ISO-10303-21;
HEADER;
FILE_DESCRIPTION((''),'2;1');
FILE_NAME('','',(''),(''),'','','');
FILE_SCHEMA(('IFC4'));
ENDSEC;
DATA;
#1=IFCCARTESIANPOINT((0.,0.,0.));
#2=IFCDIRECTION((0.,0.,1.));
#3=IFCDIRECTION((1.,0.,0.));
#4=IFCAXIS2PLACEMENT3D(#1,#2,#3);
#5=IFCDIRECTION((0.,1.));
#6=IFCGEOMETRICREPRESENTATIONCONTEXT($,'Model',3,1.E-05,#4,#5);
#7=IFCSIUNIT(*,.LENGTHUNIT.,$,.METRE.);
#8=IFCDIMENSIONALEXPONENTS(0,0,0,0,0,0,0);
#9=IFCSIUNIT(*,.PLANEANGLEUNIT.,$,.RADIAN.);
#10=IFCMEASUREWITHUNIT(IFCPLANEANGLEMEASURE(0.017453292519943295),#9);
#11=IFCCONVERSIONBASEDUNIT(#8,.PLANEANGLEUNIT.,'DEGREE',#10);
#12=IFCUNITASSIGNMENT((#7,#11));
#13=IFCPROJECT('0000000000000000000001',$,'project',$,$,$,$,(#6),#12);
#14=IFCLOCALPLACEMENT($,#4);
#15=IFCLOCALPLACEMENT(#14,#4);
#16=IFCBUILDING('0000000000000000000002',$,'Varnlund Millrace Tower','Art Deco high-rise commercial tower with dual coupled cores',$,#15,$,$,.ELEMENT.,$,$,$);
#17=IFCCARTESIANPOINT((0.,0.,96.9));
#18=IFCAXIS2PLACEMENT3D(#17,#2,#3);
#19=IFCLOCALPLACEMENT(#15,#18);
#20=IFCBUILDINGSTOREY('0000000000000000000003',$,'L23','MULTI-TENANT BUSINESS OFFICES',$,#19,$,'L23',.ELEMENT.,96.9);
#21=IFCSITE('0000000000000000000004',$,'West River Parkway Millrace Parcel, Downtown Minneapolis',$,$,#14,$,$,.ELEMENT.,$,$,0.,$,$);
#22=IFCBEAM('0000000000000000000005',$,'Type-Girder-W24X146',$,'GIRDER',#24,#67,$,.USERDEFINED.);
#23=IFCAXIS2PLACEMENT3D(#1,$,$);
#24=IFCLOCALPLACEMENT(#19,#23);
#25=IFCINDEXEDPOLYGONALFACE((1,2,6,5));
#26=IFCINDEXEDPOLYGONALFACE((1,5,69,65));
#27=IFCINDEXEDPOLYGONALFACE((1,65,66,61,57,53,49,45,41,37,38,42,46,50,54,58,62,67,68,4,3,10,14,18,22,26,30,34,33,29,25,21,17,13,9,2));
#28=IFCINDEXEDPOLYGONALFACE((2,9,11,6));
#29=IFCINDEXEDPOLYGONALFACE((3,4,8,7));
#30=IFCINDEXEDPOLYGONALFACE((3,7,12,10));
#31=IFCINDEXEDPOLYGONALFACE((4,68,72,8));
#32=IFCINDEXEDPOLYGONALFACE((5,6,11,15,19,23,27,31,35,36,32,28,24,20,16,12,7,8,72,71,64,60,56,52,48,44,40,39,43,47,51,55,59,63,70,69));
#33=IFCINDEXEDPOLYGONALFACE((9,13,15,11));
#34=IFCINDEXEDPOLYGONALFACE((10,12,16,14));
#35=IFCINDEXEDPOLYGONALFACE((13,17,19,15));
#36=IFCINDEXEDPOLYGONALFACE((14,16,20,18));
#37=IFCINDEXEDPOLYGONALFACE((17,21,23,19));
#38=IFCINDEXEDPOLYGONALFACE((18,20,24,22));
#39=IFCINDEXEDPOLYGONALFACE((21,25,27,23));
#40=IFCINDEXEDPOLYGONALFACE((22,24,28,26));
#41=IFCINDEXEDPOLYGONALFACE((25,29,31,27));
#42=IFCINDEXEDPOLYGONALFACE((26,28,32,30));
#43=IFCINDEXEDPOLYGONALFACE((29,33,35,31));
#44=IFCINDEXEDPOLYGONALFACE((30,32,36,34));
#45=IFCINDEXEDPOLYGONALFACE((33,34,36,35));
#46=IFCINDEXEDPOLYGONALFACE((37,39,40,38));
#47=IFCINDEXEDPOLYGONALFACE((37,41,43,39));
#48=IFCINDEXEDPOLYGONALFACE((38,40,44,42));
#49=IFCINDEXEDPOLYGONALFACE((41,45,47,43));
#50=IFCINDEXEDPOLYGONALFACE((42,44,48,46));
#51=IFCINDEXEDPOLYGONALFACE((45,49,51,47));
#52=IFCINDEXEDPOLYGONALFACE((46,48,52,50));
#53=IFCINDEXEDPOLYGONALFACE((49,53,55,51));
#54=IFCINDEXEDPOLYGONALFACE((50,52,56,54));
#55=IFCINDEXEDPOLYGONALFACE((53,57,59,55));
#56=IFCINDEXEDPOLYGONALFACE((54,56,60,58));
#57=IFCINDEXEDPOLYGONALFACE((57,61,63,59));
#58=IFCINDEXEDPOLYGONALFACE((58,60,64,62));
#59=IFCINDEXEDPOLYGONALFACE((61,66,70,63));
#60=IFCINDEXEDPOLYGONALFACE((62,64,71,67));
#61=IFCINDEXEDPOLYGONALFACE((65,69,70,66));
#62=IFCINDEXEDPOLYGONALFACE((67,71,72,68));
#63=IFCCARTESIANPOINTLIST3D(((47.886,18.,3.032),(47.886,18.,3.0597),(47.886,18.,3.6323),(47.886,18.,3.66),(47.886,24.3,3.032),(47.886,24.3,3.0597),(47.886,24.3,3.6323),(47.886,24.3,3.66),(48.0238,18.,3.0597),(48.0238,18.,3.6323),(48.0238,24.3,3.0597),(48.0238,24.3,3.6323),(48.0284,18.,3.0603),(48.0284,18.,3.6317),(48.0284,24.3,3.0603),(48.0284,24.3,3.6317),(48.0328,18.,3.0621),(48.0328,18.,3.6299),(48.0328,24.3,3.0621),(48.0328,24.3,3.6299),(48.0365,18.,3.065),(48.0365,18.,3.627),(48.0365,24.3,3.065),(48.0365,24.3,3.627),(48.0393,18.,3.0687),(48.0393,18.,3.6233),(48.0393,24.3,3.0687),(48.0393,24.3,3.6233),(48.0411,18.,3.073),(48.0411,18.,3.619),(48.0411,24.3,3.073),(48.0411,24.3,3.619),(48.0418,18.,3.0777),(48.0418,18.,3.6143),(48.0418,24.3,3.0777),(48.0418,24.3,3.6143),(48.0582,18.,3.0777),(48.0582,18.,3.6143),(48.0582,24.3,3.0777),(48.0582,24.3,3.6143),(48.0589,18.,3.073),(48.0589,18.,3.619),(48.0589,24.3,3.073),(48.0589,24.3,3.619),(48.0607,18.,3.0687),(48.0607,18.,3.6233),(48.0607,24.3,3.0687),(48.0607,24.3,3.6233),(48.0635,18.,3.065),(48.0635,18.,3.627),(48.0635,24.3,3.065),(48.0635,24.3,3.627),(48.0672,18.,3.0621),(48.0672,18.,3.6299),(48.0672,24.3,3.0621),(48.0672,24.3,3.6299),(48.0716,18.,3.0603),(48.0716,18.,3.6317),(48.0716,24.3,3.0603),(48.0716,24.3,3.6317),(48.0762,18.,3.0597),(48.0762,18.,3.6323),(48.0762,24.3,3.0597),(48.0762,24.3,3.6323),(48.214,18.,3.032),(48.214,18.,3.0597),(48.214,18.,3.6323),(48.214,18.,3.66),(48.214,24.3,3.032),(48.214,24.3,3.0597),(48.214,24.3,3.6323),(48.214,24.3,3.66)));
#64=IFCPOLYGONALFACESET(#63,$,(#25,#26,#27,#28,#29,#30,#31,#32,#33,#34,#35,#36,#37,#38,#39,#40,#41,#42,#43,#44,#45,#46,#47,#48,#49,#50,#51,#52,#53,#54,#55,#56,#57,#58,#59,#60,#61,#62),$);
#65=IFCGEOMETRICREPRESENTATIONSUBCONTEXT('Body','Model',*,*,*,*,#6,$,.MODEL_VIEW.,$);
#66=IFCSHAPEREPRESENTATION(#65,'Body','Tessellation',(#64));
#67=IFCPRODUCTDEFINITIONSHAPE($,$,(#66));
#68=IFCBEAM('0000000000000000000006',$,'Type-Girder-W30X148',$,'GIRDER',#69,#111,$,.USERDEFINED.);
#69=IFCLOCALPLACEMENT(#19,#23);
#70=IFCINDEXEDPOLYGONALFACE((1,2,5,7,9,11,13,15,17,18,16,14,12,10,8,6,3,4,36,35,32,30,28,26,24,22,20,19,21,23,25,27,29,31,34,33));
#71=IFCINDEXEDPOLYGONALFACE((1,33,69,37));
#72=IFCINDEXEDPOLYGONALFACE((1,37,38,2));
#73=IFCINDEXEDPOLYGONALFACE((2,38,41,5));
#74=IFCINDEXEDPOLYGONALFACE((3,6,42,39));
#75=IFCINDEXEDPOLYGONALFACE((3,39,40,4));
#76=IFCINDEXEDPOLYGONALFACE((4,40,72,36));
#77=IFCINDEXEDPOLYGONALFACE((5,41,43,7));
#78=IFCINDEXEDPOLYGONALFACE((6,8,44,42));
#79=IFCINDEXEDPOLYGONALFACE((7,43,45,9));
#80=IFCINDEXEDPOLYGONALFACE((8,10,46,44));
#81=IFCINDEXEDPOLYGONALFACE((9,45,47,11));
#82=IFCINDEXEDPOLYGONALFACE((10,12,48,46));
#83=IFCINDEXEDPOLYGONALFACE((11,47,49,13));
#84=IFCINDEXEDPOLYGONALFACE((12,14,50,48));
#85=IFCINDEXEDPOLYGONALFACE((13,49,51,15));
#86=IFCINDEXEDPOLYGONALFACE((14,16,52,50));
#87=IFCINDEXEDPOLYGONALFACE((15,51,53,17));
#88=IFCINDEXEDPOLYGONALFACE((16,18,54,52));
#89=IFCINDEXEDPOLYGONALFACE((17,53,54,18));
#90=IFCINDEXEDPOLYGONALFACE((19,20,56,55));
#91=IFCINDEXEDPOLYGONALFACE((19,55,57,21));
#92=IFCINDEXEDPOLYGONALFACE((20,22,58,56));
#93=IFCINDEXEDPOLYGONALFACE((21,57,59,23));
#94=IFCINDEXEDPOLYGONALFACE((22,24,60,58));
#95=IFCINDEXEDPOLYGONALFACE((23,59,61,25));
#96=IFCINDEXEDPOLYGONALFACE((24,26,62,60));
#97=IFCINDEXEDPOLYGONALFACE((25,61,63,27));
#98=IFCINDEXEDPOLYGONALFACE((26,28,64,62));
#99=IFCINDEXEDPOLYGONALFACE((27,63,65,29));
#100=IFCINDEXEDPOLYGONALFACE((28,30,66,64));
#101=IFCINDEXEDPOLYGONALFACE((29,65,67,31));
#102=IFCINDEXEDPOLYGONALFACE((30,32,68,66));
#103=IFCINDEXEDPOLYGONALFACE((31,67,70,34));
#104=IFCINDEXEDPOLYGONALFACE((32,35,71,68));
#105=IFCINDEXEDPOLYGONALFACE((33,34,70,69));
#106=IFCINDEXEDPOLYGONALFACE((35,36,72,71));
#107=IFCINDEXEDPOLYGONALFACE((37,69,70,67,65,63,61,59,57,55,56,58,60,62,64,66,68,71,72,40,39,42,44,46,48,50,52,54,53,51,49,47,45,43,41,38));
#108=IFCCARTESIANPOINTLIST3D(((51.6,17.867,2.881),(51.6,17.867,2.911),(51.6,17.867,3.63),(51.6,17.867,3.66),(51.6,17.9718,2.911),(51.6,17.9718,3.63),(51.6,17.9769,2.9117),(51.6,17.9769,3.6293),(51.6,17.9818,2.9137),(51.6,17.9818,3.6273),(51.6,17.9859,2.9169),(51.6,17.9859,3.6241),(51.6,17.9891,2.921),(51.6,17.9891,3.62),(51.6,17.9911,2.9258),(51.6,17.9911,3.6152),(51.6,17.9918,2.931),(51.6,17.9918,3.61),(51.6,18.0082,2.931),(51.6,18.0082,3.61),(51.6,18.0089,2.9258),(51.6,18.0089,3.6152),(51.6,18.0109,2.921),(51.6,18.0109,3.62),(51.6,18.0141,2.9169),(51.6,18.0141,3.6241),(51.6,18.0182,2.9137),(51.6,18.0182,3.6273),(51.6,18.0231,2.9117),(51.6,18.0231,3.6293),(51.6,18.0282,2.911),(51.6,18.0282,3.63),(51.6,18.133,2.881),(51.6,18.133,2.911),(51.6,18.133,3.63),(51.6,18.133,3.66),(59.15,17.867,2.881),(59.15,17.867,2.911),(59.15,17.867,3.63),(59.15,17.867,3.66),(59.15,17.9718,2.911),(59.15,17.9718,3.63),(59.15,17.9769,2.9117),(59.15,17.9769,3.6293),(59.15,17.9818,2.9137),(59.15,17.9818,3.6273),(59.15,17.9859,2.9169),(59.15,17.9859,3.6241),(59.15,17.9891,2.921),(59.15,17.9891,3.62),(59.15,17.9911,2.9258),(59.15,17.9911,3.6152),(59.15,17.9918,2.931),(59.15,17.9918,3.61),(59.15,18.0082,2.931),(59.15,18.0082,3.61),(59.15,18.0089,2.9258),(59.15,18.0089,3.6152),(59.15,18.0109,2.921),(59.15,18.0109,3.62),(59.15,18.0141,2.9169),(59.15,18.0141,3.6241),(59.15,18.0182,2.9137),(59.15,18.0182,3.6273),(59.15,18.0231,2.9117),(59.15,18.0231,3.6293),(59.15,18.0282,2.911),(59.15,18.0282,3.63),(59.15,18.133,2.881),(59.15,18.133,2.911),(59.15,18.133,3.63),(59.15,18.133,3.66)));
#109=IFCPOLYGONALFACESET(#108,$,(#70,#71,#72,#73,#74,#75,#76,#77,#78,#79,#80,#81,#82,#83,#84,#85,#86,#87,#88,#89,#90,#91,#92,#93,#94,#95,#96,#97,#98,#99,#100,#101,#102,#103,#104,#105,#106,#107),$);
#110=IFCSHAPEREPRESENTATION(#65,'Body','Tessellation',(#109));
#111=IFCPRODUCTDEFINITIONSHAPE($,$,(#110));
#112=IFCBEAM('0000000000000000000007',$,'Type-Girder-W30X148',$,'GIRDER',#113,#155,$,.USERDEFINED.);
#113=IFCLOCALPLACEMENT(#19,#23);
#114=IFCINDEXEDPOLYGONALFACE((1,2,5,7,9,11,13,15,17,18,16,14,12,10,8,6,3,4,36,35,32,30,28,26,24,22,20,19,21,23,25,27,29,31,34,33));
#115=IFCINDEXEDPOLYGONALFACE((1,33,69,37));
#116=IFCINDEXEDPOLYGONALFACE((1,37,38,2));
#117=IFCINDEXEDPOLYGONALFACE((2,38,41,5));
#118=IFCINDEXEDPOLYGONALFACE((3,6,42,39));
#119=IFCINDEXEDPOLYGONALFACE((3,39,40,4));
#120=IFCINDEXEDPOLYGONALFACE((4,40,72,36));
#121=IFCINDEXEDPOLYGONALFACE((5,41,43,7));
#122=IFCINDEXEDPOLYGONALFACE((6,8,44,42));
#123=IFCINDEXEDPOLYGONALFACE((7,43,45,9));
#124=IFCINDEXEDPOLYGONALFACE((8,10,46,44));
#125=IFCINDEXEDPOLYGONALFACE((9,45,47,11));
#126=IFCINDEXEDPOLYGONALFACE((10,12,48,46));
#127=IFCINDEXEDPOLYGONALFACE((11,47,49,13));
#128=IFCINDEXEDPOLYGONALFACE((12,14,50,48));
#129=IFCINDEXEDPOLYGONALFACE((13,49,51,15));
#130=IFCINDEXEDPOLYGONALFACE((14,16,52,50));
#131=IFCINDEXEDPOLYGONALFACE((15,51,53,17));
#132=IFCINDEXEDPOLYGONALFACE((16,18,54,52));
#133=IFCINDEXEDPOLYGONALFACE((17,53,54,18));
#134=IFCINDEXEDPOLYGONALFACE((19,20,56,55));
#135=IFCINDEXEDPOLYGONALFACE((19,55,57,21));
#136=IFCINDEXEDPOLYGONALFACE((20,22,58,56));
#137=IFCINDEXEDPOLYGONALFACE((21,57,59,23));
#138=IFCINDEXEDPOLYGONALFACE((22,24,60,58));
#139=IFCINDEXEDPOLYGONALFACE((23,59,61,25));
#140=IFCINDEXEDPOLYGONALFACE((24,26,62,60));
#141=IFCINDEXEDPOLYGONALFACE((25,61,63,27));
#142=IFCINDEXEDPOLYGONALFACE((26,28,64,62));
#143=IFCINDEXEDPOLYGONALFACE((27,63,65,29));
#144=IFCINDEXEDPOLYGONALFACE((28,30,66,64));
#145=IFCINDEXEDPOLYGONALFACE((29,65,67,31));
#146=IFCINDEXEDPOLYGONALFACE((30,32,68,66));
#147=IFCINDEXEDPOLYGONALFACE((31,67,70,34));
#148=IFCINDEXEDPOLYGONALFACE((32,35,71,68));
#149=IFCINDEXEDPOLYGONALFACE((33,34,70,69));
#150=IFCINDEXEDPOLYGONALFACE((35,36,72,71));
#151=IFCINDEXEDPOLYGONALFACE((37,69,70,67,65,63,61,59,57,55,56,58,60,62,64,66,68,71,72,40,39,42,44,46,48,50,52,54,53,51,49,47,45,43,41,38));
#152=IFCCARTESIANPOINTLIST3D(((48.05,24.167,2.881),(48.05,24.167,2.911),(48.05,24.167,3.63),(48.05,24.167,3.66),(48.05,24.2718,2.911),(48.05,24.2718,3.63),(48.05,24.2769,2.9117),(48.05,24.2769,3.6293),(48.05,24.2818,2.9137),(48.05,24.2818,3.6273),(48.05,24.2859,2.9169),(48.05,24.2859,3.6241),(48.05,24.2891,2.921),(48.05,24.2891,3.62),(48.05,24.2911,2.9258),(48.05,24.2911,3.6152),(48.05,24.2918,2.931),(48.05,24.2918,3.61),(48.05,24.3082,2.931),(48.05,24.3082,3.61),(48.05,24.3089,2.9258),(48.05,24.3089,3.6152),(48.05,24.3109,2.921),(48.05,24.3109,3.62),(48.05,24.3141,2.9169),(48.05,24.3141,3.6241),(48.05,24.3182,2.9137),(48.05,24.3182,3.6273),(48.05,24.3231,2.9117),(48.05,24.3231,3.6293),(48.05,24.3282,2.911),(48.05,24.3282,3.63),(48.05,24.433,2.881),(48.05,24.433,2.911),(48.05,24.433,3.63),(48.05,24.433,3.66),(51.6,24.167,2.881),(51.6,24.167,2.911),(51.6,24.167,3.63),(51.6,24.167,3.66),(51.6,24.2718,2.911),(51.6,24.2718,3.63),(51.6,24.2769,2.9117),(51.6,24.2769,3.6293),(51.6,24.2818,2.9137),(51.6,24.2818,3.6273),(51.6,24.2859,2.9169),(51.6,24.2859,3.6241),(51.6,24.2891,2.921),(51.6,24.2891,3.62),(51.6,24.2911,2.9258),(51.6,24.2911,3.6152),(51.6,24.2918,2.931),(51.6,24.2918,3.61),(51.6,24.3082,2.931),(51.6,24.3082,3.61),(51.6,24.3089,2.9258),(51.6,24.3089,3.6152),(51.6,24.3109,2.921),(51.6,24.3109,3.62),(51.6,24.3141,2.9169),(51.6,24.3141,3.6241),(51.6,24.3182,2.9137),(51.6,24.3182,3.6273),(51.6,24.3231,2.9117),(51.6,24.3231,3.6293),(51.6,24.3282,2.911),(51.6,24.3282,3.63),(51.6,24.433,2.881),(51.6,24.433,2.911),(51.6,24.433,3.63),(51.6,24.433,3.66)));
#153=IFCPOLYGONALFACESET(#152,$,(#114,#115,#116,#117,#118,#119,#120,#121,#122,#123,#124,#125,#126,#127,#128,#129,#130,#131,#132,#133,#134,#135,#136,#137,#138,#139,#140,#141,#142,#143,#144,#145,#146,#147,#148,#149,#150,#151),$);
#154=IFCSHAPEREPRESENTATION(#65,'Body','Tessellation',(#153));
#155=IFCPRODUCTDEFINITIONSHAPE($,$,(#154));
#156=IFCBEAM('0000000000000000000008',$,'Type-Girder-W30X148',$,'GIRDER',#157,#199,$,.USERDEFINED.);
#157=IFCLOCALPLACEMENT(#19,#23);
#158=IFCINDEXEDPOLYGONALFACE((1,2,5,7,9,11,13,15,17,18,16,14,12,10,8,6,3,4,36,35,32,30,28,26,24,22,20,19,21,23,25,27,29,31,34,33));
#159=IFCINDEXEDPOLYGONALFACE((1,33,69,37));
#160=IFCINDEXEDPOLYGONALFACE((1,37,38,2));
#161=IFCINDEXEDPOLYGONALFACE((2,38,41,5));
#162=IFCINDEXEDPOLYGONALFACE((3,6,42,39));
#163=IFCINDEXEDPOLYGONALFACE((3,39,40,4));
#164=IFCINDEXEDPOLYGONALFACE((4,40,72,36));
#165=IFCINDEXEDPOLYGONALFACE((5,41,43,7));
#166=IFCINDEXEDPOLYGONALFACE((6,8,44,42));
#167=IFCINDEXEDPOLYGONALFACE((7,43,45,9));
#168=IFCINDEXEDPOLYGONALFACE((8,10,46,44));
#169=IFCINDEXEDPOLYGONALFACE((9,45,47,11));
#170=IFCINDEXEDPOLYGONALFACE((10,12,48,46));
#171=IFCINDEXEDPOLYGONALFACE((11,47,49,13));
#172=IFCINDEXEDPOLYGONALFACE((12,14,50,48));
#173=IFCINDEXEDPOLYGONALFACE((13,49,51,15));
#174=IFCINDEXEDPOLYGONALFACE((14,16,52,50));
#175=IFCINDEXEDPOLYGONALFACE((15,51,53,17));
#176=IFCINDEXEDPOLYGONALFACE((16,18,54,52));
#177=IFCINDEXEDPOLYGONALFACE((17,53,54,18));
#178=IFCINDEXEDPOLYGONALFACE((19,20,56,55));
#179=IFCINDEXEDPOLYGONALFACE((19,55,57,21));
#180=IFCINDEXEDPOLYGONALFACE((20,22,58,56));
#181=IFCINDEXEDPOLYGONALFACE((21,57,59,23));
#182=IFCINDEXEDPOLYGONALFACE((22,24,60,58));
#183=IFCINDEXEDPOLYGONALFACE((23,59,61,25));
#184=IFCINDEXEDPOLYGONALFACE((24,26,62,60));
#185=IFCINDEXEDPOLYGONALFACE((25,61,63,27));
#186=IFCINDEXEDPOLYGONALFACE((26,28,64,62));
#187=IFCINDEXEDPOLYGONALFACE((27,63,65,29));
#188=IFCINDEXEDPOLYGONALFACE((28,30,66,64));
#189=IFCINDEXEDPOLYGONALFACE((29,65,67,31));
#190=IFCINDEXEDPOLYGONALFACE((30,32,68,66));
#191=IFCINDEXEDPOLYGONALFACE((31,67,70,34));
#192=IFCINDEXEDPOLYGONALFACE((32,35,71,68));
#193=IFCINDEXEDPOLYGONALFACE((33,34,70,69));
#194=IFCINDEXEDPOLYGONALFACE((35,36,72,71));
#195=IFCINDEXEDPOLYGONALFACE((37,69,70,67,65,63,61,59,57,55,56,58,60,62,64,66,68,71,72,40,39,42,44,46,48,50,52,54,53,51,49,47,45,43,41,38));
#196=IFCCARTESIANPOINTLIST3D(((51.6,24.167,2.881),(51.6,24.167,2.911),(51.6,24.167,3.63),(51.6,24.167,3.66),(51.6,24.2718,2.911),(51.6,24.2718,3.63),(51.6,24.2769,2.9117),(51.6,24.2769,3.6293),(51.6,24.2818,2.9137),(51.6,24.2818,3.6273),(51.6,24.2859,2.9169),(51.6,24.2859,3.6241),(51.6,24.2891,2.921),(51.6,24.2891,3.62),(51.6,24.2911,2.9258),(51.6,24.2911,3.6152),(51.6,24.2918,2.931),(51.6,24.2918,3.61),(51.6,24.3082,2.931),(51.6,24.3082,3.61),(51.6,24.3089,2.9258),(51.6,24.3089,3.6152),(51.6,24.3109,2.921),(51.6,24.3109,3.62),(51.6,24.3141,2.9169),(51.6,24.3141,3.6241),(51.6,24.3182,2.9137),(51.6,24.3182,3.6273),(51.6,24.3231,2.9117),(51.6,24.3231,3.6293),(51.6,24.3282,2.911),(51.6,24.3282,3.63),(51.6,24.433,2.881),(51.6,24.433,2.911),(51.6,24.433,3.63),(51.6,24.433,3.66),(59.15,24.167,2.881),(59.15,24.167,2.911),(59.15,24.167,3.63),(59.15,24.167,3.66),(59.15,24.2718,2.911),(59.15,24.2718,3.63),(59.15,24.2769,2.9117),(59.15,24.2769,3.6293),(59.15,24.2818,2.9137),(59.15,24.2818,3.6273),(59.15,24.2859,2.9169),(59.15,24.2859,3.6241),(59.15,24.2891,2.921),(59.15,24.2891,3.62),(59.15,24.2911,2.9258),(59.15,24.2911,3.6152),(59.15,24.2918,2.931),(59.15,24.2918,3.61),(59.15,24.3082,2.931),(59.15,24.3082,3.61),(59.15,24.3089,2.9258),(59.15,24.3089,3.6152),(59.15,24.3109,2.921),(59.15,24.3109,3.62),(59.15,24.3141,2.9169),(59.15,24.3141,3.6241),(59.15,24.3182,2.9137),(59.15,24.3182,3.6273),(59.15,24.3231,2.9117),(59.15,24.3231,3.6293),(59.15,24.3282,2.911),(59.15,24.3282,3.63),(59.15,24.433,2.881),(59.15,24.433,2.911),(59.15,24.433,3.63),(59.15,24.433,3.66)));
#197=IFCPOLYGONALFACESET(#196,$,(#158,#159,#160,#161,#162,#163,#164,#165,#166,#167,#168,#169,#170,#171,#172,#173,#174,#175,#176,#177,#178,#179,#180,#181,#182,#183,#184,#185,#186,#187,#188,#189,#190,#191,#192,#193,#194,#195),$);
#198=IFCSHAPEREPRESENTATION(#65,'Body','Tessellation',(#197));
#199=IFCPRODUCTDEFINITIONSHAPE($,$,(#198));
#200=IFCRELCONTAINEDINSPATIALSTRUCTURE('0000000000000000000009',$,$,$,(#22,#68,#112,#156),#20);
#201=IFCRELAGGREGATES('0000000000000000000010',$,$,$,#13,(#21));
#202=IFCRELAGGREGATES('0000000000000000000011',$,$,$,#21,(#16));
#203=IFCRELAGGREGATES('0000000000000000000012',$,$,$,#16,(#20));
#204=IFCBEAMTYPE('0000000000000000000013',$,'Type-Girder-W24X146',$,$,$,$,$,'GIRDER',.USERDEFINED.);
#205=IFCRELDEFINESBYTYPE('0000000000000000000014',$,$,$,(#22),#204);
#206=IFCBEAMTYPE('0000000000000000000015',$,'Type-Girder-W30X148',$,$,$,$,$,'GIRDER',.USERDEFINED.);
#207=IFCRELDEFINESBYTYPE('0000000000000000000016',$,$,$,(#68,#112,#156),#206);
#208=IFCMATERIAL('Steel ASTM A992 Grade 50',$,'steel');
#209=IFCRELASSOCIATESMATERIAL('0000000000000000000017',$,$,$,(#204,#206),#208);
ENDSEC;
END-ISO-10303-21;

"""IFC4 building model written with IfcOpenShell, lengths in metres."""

from ifc_helpers import new_model, entity, si_unit, converted_unit, direction, frame, origin_with_axes, origin_2d_with_axis, place, context, subcontext, project, spatial, i_section, extrude, material, material_profile, profile_set, type_object, element, save


model = new_model("IFC4")

# Units and contexts
model_context = context("Model", 3, precision=1e-05, world=origin_with_axes(), true_north=direction((0.0, 1.0)))
body_context = subcontext(model_context, "Body", "Model", "MODEL_VIEW")
ifc_project = project(units=[si_unit("LENGTHUNIT", "METRE"), converted_unit("PLANEANGLEUNIT", "DEGREE", entity("IfcPlaneAngleMeasure", 0.017453292519943295), si_unit("PLANEANGLEUNIT", "RADIAN"), dimensions=[0, 0, 0, 0, 0, 0, 0])], contexts=[model_context])

# Site, building, storey
site_placement = place(None, origin_with_axes())
site = spatial("IfcSite", under=ifc_project, at=site_placement, Name="West River Parkway Millrace Parcel, Downtown Minneapolis", CompositionType="ELEMENT", RefElevation=0.0)
building_placement = place(site_placement, origin_with_axes())
building = spatial("IfcBuilding", under=site, at=building_placement, Name="Varnlund Millrace Tower", Description="Art Deco high-rise commercial tower with dual coupled cores", CompositionType="ELEMENT")
storey_placement = place(building_placement, frame((0.0, 0.0, 96.9), z_axis=(0.0, 0.0, 1.0), x_axis=(1.0, 0.0, 0.0)))
storey = spatial("IfcBuildingStorey", under=building, at=storey_placement, Name="L23", Description="MULTI-TENANT BUSINESS OFFICES", LongName="L23", CompositionType="ELEMENT", Elevation=96.9)

# Beams
ifc_material_1 = material(Name="Steel ASTM A992 Grade 50", Category="steel")
ifc_material_profile_1 = material_profile(ifc_material_1, i_section(OverallWidth=0.328, OverallDepth=0.628, WebThickness=0.0165, FlangeThickness=0.0277, FilletRadius=0.018, at=origin_2d_with_axis()), Name="Steel ASTM A992 Grade 50")
ifc_profile_set_1 = profile_set([ifc_material_profile_1], Name="Steel ASTM A992 Grade 50")
beam_type_1 = type_object("IfcBeamType", Name="Type-Girder-W24X146", ElementType="GIRDER", PredefinedType="USERDEFINED", material=ifc_profile_set_1)
beam_1_placement = place(storey_placement, frame((48.05, 18.0, 3.346), z_axis=(0.0, 1.0, 0.0), x_axis=(-1.0, 0.0, 0.0)))
element("IfcBeam", 1, at=beam_1_placement, inside=storey, type_object=beam_type_1, Name="Type-Girder-W24X146", ObjectType="GIRDER", PredefinedType="USERDEFINED", context=body_context, shape_type="SweptSolid", body=[
    extrude(i_section(OverallWidth=0.328, OverallDepth=0.628, WebThickness=0.0165, FlangeThickness=0.0277, FilletRadius=0.018, at=origin_2d_with_axis()), origin_with_axes(), (0.0, 0.0, 1.0), 6.3),
])
ifc_material_profile_2 = material_profile(ifc_material_1, i_section(OverallWidth=0.266, OverallDepth=0.779, WebThickness=0.0165, FlangeThickness=0.03, FilletRadius=0.02, at=origin_2d_with_axis()), Name="Steel ASTM A992 Grade 50")
ifc_profile_set_2 = profile_set([ifc_material_profile_2], Name="Steel ASTM A992 Grade 50")
beam_type_2 = type_object("IfcBeamType", Name="Type-Girder-W30X148", ElementType="GIRDER", PredefinedType="USERDEFINED", material=ifc_profile_set_2)
beam_2_placement = place(storey_placement, frame((51.6, 18.0, 3.2705), z_axis=(1.0, 0.0, 0.0), x_axis=(0.0, 1.0, 0.0)))
element("IfcBeam", 2, at=beam_2_placement, inside=storey, type_object=beam_type_2, Name="Type-Girder-W30X148", ObjectType="GIRDER", PredefinedType="USERDEFINED", context=body_context, shape_type="SweptSolid", body=[
    extrude(i_section(OverallWidth=0.266, OverallDepth=0.779, WebThickness=0.0165, FlangeThickness=0.03, FilletRadius=0.02, at=origin_2d_with_axis()), origin_with_axes(), (0.0, 0.0, 1.0), 7.55),
])
beam_3_placement = place(storey_placement, frame((48.05, 24.3, 3.2705), z_axis=(1.0, 0.0, 0.0), x_axis=(0.0, 1.0, 0.0)))
element("IfcBeam", 3, at=beam_3_placement, inside=storey, type_object=beam_type_2, Name="Type-Girder-W30X148", ObjectType="GIRDER", PredefinedType="USERDEFINED", context=body_context, shape_type="SweptSolid", body=[
    extrude(i_section(OverallWidth=0.266, OverallDepth=0.779, WebThickness=0.0165, FlangeThickness=0.03, FilletRadius=0.02, at=origin_2d_with_axis()), origin_with_axes(), (0.0, 0.0, 1.0), 3.55),
])
beam_4_placement = place(storey_placement, frame((51.6, 24.3, 3.2705), z_axis=(1.0, 0.0, 0.0), x_axis=(0.0, 1.0, 0.0)))
element("IfcBeam", 4, at=beam_4_placement, inside=storey, type_object=beam_type_2, Name="Type-Girder-W30X148", ObjectType="GIRDER", PredefinedType="USERDEFINED", context=body_context, shape_type="SweptSolid", body=[
    extrude(i_section(OverallWidth=0.266, OverallDepth=0.779, WebThickness=0.0165, FlangeThickness=0.03, FilletRadius=0.02, at=origin_2d_with_axis()), origin_with_axes(), (0.0, 0.0, 1.0), 7.55),
])

save(model, "model.ifc")
